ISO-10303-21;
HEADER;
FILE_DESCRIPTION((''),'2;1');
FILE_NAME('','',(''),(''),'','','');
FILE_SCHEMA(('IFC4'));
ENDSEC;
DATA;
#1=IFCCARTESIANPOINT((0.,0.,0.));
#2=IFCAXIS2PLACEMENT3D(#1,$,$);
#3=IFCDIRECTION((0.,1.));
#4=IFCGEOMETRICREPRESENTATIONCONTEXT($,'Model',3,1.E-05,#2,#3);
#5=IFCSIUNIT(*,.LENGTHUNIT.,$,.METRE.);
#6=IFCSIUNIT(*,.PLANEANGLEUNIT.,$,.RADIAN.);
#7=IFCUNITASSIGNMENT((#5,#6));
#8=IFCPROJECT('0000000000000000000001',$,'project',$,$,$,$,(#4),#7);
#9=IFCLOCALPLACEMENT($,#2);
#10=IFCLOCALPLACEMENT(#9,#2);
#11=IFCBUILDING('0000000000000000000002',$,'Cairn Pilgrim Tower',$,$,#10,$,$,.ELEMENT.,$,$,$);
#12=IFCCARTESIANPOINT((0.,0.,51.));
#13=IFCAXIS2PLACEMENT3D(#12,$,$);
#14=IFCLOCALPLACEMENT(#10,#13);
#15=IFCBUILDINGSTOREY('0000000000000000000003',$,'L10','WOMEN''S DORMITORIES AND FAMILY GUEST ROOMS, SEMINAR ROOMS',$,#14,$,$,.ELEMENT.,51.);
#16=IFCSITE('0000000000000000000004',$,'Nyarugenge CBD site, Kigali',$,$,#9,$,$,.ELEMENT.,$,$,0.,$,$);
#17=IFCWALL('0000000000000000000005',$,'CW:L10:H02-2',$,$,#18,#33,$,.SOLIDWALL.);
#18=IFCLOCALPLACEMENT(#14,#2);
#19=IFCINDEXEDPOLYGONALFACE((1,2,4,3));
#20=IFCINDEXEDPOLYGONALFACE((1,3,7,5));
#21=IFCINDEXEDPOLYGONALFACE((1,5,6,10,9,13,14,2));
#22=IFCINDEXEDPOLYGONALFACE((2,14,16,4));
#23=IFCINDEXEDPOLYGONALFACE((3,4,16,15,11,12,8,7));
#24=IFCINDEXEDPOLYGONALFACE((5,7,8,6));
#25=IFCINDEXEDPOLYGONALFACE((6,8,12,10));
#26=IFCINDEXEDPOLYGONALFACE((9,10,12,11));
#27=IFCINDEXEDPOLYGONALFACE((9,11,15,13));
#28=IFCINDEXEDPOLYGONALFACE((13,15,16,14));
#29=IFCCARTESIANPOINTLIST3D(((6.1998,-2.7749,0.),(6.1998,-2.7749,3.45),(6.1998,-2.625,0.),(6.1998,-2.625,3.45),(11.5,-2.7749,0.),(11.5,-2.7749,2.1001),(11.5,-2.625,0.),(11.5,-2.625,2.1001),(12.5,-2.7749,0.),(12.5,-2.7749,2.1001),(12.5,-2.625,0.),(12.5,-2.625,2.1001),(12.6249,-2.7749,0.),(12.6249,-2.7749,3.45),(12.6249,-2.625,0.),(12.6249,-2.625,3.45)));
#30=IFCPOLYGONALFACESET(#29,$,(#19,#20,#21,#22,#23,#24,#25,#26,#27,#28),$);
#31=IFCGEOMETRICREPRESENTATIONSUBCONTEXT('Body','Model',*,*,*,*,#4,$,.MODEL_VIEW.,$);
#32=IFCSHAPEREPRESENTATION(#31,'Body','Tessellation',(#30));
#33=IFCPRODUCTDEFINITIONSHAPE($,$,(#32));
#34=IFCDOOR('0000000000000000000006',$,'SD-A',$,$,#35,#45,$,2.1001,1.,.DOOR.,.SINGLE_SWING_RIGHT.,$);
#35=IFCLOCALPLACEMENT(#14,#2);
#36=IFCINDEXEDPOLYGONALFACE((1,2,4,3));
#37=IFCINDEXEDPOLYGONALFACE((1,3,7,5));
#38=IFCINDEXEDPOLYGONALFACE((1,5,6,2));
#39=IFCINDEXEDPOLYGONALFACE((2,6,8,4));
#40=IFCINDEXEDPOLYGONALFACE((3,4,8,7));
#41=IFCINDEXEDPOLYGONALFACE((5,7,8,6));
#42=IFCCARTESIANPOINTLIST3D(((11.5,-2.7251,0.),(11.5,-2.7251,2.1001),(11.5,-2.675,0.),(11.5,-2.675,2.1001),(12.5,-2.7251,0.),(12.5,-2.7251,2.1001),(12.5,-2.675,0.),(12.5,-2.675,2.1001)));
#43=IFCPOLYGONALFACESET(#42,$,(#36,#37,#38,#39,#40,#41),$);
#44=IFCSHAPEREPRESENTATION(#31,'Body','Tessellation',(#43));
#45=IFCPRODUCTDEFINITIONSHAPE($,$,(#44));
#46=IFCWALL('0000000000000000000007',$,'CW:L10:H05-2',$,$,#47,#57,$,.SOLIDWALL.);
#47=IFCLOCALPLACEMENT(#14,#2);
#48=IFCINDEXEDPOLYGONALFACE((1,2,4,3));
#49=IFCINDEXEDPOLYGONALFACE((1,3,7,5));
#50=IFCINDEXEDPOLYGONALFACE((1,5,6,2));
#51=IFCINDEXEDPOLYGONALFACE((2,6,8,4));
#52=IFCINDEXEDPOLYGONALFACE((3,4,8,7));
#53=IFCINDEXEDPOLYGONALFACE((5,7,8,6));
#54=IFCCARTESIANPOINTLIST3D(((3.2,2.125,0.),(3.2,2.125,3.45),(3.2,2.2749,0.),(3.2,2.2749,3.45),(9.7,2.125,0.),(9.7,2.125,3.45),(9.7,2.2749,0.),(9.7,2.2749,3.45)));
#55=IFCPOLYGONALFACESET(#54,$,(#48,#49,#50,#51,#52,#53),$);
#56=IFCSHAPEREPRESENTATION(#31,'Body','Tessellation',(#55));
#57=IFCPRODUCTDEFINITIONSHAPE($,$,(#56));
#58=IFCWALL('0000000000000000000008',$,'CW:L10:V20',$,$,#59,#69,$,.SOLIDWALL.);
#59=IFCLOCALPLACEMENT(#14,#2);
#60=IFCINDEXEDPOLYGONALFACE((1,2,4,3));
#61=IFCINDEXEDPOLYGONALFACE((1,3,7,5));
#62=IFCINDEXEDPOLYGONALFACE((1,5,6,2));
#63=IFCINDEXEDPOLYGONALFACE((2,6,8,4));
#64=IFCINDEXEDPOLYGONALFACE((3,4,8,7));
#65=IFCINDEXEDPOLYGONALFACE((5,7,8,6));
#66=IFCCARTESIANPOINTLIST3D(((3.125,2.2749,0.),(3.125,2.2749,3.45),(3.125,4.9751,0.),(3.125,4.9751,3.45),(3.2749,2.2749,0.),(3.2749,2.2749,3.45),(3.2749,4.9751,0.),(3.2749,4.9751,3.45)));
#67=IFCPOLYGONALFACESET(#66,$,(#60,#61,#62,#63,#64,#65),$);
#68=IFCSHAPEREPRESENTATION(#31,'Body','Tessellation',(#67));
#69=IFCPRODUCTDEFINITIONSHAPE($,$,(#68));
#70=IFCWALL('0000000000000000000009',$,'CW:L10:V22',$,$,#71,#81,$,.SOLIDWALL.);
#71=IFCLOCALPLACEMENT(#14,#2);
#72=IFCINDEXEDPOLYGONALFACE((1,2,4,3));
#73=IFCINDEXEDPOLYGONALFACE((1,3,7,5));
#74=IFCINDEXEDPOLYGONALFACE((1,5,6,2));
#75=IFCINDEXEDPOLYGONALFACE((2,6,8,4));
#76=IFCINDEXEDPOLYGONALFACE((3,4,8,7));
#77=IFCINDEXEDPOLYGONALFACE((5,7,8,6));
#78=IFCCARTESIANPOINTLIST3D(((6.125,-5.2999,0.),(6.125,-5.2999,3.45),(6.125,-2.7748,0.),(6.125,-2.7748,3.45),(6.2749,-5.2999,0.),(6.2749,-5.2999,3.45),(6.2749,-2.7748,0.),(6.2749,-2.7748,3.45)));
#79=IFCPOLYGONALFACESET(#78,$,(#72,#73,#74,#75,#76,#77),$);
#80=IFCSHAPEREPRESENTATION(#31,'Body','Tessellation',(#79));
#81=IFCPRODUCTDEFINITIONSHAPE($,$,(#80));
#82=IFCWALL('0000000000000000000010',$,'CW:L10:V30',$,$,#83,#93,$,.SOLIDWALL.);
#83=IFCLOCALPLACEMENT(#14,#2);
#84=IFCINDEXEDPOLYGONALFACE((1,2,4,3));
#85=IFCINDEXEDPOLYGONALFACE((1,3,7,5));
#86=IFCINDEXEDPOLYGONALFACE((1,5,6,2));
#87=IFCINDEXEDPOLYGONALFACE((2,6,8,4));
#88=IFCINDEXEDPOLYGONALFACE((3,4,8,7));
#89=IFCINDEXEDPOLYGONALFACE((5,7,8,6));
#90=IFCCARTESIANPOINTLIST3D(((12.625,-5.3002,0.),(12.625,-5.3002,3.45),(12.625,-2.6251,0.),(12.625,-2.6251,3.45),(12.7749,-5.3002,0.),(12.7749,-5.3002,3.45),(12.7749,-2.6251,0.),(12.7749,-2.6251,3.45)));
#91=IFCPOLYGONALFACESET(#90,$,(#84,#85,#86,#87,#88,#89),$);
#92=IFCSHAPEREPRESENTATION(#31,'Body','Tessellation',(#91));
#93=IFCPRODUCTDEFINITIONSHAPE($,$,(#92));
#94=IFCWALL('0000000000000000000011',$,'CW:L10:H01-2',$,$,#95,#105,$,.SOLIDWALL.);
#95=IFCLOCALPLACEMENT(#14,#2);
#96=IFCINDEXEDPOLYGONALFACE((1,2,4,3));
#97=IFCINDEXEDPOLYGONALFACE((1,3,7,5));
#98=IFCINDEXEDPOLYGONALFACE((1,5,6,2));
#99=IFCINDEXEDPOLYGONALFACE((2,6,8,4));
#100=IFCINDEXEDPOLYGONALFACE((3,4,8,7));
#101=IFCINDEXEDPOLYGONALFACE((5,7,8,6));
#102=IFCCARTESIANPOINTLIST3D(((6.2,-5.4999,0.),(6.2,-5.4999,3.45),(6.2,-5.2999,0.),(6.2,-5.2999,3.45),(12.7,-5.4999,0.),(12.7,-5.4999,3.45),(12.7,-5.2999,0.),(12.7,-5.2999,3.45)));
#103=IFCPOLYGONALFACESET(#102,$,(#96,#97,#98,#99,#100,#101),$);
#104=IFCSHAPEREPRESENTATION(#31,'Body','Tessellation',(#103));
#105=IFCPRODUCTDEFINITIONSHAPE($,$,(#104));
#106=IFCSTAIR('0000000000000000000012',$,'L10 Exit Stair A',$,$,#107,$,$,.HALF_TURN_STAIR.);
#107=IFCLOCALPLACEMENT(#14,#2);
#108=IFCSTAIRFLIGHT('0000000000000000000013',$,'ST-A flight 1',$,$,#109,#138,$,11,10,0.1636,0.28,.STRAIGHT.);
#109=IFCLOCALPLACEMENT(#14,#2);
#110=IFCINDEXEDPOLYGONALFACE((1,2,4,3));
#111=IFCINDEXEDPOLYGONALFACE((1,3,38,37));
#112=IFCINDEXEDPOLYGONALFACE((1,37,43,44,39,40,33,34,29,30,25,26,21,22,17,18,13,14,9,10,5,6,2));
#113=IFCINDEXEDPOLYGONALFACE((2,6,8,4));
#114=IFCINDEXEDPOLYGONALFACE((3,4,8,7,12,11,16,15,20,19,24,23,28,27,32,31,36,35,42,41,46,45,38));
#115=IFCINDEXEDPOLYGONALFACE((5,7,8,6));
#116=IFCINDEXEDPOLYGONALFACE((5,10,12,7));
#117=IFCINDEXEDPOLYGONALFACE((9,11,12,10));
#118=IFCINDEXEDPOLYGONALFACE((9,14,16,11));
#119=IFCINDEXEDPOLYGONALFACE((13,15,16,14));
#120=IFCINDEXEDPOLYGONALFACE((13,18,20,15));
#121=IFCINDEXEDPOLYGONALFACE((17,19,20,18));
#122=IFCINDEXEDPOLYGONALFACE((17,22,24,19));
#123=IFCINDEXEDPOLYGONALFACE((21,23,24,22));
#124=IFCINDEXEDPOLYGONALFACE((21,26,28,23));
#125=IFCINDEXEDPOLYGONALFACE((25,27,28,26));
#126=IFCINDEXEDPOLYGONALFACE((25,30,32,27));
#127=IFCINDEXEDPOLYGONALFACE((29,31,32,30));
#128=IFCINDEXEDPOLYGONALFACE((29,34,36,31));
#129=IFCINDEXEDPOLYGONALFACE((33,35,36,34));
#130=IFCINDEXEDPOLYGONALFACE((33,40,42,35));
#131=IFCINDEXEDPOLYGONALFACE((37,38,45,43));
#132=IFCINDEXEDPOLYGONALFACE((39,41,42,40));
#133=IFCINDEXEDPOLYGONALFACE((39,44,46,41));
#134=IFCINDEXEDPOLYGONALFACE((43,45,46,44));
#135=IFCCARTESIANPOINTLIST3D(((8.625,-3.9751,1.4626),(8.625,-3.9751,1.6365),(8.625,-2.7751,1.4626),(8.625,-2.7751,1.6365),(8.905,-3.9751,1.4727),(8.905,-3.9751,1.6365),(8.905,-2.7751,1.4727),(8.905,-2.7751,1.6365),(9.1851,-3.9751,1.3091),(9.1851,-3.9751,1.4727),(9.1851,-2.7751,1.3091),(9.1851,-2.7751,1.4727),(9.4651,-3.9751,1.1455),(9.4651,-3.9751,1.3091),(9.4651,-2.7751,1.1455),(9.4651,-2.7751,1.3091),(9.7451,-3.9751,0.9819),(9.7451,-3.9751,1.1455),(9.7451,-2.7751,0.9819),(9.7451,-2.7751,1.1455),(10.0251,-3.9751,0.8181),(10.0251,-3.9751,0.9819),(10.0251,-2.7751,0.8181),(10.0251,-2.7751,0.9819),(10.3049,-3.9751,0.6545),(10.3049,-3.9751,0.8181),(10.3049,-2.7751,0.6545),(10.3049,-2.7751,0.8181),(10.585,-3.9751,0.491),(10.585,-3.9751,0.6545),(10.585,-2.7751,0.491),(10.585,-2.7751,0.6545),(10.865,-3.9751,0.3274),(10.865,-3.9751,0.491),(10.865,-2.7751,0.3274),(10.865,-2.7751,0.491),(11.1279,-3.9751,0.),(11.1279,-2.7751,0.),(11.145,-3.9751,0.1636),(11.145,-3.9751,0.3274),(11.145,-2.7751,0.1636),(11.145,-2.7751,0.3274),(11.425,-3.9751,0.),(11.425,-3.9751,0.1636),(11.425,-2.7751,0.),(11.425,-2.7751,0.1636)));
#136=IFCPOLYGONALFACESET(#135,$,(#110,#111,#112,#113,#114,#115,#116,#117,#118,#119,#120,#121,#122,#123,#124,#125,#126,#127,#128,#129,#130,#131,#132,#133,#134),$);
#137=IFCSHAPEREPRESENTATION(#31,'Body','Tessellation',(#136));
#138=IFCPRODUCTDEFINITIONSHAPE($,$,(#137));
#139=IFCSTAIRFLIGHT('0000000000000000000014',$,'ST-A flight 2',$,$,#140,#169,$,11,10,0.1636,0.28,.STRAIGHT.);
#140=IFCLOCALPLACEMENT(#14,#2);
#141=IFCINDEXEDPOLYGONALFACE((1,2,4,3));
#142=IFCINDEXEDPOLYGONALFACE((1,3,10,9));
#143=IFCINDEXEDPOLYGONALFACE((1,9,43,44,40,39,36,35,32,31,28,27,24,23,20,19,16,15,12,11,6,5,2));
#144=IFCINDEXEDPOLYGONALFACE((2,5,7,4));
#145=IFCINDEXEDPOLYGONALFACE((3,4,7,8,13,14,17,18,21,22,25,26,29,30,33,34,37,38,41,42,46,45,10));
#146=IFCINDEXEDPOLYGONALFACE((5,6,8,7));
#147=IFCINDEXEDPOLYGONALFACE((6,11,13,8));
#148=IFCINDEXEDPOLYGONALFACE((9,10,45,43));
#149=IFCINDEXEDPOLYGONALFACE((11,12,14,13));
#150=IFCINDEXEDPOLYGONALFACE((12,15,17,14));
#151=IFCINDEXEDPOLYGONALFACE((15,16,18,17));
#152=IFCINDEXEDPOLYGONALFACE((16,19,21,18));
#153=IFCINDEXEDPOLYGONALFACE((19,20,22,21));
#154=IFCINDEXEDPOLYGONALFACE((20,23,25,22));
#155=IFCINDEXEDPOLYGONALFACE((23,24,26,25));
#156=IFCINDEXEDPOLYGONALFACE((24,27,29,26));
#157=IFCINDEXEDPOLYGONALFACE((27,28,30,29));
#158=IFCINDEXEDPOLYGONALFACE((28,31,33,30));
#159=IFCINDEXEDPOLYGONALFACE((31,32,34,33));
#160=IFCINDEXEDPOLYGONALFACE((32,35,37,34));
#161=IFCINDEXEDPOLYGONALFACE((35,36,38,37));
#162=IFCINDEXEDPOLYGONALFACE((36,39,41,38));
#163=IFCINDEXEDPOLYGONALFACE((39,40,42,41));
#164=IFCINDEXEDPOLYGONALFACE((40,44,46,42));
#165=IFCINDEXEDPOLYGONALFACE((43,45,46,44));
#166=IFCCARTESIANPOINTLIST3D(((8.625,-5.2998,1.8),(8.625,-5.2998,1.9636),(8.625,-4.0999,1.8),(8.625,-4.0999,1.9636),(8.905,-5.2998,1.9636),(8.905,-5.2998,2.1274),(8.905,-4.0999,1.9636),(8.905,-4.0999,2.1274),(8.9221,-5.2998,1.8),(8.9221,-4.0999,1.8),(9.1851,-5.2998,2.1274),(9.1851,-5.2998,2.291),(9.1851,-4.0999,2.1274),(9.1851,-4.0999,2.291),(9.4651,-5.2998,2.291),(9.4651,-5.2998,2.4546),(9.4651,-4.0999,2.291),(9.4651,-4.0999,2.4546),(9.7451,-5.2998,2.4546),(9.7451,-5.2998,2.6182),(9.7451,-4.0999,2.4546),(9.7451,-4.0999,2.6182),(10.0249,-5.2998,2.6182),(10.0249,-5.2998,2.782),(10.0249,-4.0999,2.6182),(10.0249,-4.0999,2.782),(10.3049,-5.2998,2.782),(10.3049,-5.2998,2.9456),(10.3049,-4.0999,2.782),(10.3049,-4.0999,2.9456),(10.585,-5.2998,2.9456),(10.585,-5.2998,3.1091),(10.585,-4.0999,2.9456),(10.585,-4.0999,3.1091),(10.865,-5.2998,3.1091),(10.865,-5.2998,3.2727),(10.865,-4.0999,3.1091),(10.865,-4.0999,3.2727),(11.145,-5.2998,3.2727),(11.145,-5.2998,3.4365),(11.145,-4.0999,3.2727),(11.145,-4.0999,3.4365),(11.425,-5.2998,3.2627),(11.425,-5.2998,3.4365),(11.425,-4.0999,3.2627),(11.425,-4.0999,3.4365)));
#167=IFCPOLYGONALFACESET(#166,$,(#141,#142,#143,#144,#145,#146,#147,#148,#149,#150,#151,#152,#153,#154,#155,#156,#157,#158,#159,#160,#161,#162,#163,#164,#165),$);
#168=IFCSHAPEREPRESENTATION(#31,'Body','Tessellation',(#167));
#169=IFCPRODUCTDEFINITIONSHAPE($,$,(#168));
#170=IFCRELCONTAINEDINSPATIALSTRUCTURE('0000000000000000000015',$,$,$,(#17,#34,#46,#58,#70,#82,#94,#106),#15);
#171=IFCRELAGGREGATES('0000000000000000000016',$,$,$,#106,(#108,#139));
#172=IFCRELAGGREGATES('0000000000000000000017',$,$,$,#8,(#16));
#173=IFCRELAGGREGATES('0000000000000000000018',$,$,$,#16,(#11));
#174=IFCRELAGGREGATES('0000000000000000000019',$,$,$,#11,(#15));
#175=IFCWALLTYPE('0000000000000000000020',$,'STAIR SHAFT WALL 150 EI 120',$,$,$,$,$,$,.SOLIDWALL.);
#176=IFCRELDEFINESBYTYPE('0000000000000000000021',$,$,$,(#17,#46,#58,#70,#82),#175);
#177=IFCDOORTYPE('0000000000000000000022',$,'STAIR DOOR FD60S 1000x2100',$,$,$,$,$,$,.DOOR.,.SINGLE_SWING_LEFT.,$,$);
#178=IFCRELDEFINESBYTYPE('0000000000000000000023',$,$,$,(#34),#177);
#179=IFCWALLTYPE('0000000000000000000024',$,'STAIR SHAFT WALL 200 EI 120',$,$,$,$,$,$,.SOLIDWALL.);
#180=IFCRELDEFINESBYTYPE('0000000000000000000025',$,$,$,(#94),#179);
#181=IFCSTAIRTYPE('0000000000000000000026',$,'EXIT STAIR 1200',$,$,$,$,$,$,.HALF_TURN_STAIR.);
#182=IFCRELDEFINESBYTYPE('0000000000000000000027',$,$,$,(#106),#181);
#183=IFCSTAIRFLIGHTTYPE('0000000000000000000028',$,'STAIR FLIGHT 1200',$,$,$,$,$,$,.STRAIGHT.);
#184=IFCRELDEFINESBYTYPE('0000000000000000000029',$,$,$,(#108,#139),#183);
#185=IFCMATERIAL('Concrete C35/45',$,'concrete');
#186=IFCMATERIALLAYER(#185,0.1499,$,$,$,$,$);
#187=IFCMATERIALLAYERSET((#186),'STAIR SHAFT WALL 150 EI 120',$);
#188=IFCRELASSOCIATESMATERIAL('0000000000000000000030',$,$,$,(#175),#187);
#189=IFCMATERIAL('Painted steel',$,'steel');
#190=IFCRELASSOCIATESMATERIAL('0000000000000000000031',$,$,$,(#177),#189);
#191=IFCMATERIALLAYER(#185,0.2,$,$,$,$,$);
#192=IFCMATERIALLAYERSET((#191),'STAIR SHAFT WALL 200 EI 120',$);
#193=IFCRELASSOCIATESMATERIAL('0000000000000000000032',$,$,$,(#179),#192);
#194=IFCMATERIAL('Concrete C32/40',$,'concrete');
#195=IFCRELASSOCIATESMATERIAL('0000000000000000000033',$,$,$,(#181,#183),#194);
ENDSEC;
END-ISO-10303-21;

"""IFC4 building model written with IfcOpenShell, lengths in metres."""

from ifc_helpers import new_model, si_unit, direction, frame, frame_2d, origin, place, context, subcontext, project, spatial, polyline, rectangle, outline, extrude, material, layer, layer_set, type_object, element, fill, aggregate, save


model = new_model("IFC4")

# Units and contexts
model_context = context("Model", 3, precision=1e-05, world=origin(), true_north=direction((0.0, 1.0)))
body_context = subcontext(model_context, "Body", "Model", "MODEL_VIEW")
ifc_project = project(units=[si_unit("LENGTHUNIT", "METRE"), si_unit("PLANEANGLEUNIT", "RADIAN")], contexts=[model_context])

# Site, building, storey
site_placement = place(None, origin())
site = spatial("IfcSite", under=ifc_project, at=site_placement, Name="Nyarugenge CBD site, Kigali", CompositionType="ELEMENT", RefElevation=0.0)
building_placement = place(site_placement, origin())
building = spatial("IfcBuilding", under=site, at=building_placement, Name="Cairn Pilgrim Tower", CompositionType="ELEMENT")
storey_placement = place(building_placement, frame((0.0, 0.0, 51.0)))
storey = spatial("IfcBuildingStorey", under=building, at=storey_placement, Name="L10", Description="WOMEN'S DORMITORIES AND FAMILY GUEST ROOMS, SEMINAR ROOMS", CompositionType="ELEMENT", Elevation=51.0)

# Shared definitions
ifc_material_1 = material(Name="Concrete C32/40", Category="concrete")

# Shared definitions
ifc_material_2 = material(Name="Painted steel", Category="steel")

# Wall, opening, door
ifc_material_3 = material(Name="Concrete C35/45", Category="concrete")
ifc_layer_1 = layer(ifc_material_3, 0.1499)
ifc_layer_set_1 = layer_set([ifc_layer_1], Name="STAIR SHAFT WALL 150 EI 120")
wall_type_1 = type_object("IfcWallType", Name="STAIR SHAFT WALL 150 EI 120", PredefinedType="SOLIDWALL", material=ifc_layer_set_1)
wall_1_placement = place(storey_placement, frame((6.2, -2.7, 0.0), z_axis=(0.0, 0.0, 1.0), x_axis=(1.0, 0.0, 0.0)))
wall_1 = element("IfcWall", 1, at=wall_1_placement, inside=storey, type_object=wall_type_1, Name="CW:L10:H02-2", PredefinedType="SOLIDWALL", context=body_context, shape_type="SweptSolid", body=[
    extrude(rectangle(XDim=6.425, YDim=0.1499, at=frame_2d((3.2124, 0.0))), origin(), (0.0, 0.0, 1.0), 3.45),
])
opening_1_placement = place(wall_1_placement, frame((5.3, 0.0, 0.0)))
opening_1 = element("IfcOpeningElement", 2, at=opening_1_placement, cuts=wall_1, PredefinedType="OPENING", context=body_context, shape_type="SweptSolid", body=[
    extrude(rectangle(XDim=1.0, YDim=2.1001, at=frame_2d((0.5, 1.05))), frame((0.0, 0.085, 0.0), z_axis=(0.0, -1.0, 0.0), x_axis=(1.0, 0.0, 0.0)), (0.0, 0.0, 1.0), 0.1699),
])
door_type_1 = type_object("IfcDoorType", Name="STAIR DOOR FD60S 1000x2100", OperationType="SINGLE_SWING_LEFT", PredefinedType="DOOR", material=ifc_material_2)
door_1_placement = place(opening_1_placement, origin())
door_1 = element("IfcDoor", 3, at=door_1_placement, inside=storey, type_object=door_type_1, Name="SD-A", OperationType="SINGLE_SWING_RIGHT", OverallHeight=2.1001, OverallWidth=1.0, PredefinedType="DOOR", context=body_context, shape_type="SweptSolid", body=[
    extrude(rectangle(XDim=1.0, YDim=2.1001, at=frame_2d((0.5, 1.05))), frame((0.0, 0.0249, 0.0), z_axis=(0.0, -1.0, 0.0), x_axis=(1.0, 0.0, 0.0)), (0.0, 0.0, 1.0), 0.05),
])
fill(opening_1, door_1)

# Walls
wall_2_placement = place(storey_placement, frame((3.2, 2.2, 0.0), z_axis=(0.0, 0.0, 1.0), x_axis=(1.0, 0.0, 0.0)))
element("IfcWall", 4, at=wall_2_placement, inside=storey, type_object=wall_type_1, Name="CW:L10:H05-2", PredefinedType="SOLIDWALL", context=body_context, shape_type="SweptSolid", body=[
    extrude(rectangle(XDim=6.5, YDim=0.1499, at=frame_2d((3.25, 0.0))), origin(), (0.0, 0.0, 1.0), 3.45),
])
wall_3_placement = place(storey_placement, frame((3.2, 2.2749, 0.0), z_axis=(0.0, 0.0, 1.0), x_axis=(0.0, 1.0, 0.0)))
element("IfcWall", 5, at=wall_3_placement, inside=storey, type_object=wall_type_1, Name="CW:L10:V20", PredefinedType="SOLIDWALL", context=body_context, shape_type="SweptSolid", body=[
    extrude(rectangle(XDim=2.7002, YDim=0.1499, at=frame_2d((1.3501, 0.0))), origin(), (0.0, 0.0, 1.0), 3.45),
])
wall_4_placement = place(storey_placement, frame((6.2, -5.3, 0.0), z_axis=(0.0, 0.0, 1.0), x_axis=(0.0, 1.0, 0.0)))
element("IfcWall", 6, at=wall_4_placement, inside=storey, type_object=wall_type_1, Name="CW:L10:V22", PredefinedType="SOLIDWALL", context=body_context, shape_type="SweptSolid", body=[
    extrude(rectangle(XDim=2.5251, YDim=0.1499, at=frame_2d((1.2627, 0.0))), origin(), (0.0, 0.0, 1.0), 3.45),
])
wall_5_placement = place(storey_placement, frame((12.7, -5.3, 0.0), z_axis=(0.0, 0.0, 1.0), x_axis=(0.0, 1.0, 0.0)))
element("IfcWall", 7, at=wall_5_placement, inside=storey, type_object=wall_type_1, Name="CW:L10:V30", PredefinedType="SOLIDWALL", context=body_context, shape_type="SweptSolid", body=[
    extrude(rectangle(XDim=2.675, YDim=0.1499, at=frame_2d((1.3374, 0.0))), origin(), (0.0, 0.0, 1.0), 3.45),
])
ifc_layer_2 = layer(ifc_material_3, 0.2)
ifc_layer_set_2 = layer_set([ifc_layer_2], Name="STAIR SHAFT WALL 200 EI 120")
wall_type_2 = type_object("IfcWallType", Name="STAIR SHAFT WALL 200 EI 120", PredefinedType="SOLIDWALL", material=ifc_layer_set_2)
wall_6_placement = place(storey_placement, frame((6.2, -5.3999, 0.0), z_axis=(0.0, 0.0, 1.0), x_axis=(1.0, 0.0, 0.0)))
element("IfcWall", 8, at=wall_6_placement, inside=storey, type_object=wall_type_2, Name="CW:L10:H01-2", PredefinedType="SOLIDWALL", context=body_context, shape_type="SweptSolid", body=[
    extrude(rectangle(XDim=6.5, YDim=0.2, at=frame_2d((3.25, 0.0))), origin(), (0.0, 0.0, 1.0), 3.45),
])

# Stair, stair flights
stair_type = type_object("IfcStairType", Name="EXIT STAIR 1200", PredefinedType="HALF_TURN_STAIR", material=ifc_material_1)
stair_placement = place(storey_placement, origin())
stair = element("IfcStair", 9, at=stair_placement, inside=storey, type_object=stair_type, Name="L10 Exit Stair A", PredefinedType="HALF_TURN_STAIR")
stair_flight_type = type_object("IfcStairFlightType", Name="STAIR FLIGHT 1200", PredefinedType="STRAIGHT", material=ifc_material_1)
stair_flight_1_placement = place(storey_placement, frame((11.425, -3.375, 0.0), z_axis=(0.0, 0.0, 1.0), x_axis=(-1.0, 0.0, 0.0)))
stair_flight_1 = element("IfcStairFlight", 10, at=stair_flight_1_placement, type_object=stair_flight_type, Name="ST-A flight 1", NumberOfRisers=11, NumberOfTreads=10, PredefinedType="STRAIGHT", RiserHeight=0.1636, TreadLength=0.28, context=body_context, shape_type="SweptSolid", body=[
    extrude(outline(polyline([(0.0, 0.0), (0.0, 0.1636), (0.28, 0.1636), (0.28, 0.3274), (0.5601, 0.3274), (0.5601, 0.491), (0.8401, 0.491), (0.8401, 0.6545), (1.1201, 0.6545), (1.1201, 0.8181), (1.3999, 0.8181), (1.3999, 0.9819), (1.6799, 0.9819), (1.6799, 1.1455), (1.96, 1.1455), (1.96, 1.3091), (2.24, 1.3091), (2.24, 1.4727), (2.52, 1.4727), (2.52, 1.6365), (2.8, 1.6365), (2.8, 1.8), (2.8, 1.4626), (0.2971, 0.0), (0.0, 0.0)])), frame((0.0, 0.6001, 0.0), z_axis=(0.0, -1.0, 0.0), x_axis=(1.0, 0.0, 0.0)), (0.0, 0.0, 1.0), 1.2),
])
stair_flight_2_placement = place(storey_placement, frame((8.625, -4.7, 1.8), z_axis=(0.0, 0.0, 1.0), x_axis=(1.0, 0.0, 0.0)))
stair_flight_2 = element("IfcStairFlight", 11, at=stair_flight_2_placement, type_object=stair_flight_type, Name="ST-A flight 2", NumberOfRisers=11, NumberOfTreads=10, PredefinedType="STRAIGHT", RiserHeight=0.1636, TreadLength=0.28, context=body_context, shape_type="SweptSolid", body=[
    extrude(outline(polyline([(0.0, 0.0), (0.0, 0.1636), (0.28, 0.1636), (0.28, 0.3274), (0.5601, 0.3274), (0.5601, 0.491), (0.8401, 0.491), (0.8401, 0.6545), (1.1201, 0.6545), (1.1201, 0.8181), (1.3999, 0.8181), (1.3999, 0.9819), (1.6799, 0.9819), (1.6799, 1.1455), (1.96, 1.1455), (1.96, 1.3091), (2.24, 1.3091), (2.24, 1.4727), (2.52, 1.4727), (2.52, 1.6365), (2.8, 1.6365), (2.8, 1.8), (2.8, 1.4626), (0.2971, 0.0), (0.0, 0.0)])), frame((0.0, 0.6001, 0.0), z_axis=(0.0, -1.0, 0.0), x_axis=(1.0, 0.0, 0.0)), (0.0, 0.0, 1.0), 1.2),
])
aggregate(stair, [stair_flight_1, stair_flight_2])

save(model, "model.ifc")
